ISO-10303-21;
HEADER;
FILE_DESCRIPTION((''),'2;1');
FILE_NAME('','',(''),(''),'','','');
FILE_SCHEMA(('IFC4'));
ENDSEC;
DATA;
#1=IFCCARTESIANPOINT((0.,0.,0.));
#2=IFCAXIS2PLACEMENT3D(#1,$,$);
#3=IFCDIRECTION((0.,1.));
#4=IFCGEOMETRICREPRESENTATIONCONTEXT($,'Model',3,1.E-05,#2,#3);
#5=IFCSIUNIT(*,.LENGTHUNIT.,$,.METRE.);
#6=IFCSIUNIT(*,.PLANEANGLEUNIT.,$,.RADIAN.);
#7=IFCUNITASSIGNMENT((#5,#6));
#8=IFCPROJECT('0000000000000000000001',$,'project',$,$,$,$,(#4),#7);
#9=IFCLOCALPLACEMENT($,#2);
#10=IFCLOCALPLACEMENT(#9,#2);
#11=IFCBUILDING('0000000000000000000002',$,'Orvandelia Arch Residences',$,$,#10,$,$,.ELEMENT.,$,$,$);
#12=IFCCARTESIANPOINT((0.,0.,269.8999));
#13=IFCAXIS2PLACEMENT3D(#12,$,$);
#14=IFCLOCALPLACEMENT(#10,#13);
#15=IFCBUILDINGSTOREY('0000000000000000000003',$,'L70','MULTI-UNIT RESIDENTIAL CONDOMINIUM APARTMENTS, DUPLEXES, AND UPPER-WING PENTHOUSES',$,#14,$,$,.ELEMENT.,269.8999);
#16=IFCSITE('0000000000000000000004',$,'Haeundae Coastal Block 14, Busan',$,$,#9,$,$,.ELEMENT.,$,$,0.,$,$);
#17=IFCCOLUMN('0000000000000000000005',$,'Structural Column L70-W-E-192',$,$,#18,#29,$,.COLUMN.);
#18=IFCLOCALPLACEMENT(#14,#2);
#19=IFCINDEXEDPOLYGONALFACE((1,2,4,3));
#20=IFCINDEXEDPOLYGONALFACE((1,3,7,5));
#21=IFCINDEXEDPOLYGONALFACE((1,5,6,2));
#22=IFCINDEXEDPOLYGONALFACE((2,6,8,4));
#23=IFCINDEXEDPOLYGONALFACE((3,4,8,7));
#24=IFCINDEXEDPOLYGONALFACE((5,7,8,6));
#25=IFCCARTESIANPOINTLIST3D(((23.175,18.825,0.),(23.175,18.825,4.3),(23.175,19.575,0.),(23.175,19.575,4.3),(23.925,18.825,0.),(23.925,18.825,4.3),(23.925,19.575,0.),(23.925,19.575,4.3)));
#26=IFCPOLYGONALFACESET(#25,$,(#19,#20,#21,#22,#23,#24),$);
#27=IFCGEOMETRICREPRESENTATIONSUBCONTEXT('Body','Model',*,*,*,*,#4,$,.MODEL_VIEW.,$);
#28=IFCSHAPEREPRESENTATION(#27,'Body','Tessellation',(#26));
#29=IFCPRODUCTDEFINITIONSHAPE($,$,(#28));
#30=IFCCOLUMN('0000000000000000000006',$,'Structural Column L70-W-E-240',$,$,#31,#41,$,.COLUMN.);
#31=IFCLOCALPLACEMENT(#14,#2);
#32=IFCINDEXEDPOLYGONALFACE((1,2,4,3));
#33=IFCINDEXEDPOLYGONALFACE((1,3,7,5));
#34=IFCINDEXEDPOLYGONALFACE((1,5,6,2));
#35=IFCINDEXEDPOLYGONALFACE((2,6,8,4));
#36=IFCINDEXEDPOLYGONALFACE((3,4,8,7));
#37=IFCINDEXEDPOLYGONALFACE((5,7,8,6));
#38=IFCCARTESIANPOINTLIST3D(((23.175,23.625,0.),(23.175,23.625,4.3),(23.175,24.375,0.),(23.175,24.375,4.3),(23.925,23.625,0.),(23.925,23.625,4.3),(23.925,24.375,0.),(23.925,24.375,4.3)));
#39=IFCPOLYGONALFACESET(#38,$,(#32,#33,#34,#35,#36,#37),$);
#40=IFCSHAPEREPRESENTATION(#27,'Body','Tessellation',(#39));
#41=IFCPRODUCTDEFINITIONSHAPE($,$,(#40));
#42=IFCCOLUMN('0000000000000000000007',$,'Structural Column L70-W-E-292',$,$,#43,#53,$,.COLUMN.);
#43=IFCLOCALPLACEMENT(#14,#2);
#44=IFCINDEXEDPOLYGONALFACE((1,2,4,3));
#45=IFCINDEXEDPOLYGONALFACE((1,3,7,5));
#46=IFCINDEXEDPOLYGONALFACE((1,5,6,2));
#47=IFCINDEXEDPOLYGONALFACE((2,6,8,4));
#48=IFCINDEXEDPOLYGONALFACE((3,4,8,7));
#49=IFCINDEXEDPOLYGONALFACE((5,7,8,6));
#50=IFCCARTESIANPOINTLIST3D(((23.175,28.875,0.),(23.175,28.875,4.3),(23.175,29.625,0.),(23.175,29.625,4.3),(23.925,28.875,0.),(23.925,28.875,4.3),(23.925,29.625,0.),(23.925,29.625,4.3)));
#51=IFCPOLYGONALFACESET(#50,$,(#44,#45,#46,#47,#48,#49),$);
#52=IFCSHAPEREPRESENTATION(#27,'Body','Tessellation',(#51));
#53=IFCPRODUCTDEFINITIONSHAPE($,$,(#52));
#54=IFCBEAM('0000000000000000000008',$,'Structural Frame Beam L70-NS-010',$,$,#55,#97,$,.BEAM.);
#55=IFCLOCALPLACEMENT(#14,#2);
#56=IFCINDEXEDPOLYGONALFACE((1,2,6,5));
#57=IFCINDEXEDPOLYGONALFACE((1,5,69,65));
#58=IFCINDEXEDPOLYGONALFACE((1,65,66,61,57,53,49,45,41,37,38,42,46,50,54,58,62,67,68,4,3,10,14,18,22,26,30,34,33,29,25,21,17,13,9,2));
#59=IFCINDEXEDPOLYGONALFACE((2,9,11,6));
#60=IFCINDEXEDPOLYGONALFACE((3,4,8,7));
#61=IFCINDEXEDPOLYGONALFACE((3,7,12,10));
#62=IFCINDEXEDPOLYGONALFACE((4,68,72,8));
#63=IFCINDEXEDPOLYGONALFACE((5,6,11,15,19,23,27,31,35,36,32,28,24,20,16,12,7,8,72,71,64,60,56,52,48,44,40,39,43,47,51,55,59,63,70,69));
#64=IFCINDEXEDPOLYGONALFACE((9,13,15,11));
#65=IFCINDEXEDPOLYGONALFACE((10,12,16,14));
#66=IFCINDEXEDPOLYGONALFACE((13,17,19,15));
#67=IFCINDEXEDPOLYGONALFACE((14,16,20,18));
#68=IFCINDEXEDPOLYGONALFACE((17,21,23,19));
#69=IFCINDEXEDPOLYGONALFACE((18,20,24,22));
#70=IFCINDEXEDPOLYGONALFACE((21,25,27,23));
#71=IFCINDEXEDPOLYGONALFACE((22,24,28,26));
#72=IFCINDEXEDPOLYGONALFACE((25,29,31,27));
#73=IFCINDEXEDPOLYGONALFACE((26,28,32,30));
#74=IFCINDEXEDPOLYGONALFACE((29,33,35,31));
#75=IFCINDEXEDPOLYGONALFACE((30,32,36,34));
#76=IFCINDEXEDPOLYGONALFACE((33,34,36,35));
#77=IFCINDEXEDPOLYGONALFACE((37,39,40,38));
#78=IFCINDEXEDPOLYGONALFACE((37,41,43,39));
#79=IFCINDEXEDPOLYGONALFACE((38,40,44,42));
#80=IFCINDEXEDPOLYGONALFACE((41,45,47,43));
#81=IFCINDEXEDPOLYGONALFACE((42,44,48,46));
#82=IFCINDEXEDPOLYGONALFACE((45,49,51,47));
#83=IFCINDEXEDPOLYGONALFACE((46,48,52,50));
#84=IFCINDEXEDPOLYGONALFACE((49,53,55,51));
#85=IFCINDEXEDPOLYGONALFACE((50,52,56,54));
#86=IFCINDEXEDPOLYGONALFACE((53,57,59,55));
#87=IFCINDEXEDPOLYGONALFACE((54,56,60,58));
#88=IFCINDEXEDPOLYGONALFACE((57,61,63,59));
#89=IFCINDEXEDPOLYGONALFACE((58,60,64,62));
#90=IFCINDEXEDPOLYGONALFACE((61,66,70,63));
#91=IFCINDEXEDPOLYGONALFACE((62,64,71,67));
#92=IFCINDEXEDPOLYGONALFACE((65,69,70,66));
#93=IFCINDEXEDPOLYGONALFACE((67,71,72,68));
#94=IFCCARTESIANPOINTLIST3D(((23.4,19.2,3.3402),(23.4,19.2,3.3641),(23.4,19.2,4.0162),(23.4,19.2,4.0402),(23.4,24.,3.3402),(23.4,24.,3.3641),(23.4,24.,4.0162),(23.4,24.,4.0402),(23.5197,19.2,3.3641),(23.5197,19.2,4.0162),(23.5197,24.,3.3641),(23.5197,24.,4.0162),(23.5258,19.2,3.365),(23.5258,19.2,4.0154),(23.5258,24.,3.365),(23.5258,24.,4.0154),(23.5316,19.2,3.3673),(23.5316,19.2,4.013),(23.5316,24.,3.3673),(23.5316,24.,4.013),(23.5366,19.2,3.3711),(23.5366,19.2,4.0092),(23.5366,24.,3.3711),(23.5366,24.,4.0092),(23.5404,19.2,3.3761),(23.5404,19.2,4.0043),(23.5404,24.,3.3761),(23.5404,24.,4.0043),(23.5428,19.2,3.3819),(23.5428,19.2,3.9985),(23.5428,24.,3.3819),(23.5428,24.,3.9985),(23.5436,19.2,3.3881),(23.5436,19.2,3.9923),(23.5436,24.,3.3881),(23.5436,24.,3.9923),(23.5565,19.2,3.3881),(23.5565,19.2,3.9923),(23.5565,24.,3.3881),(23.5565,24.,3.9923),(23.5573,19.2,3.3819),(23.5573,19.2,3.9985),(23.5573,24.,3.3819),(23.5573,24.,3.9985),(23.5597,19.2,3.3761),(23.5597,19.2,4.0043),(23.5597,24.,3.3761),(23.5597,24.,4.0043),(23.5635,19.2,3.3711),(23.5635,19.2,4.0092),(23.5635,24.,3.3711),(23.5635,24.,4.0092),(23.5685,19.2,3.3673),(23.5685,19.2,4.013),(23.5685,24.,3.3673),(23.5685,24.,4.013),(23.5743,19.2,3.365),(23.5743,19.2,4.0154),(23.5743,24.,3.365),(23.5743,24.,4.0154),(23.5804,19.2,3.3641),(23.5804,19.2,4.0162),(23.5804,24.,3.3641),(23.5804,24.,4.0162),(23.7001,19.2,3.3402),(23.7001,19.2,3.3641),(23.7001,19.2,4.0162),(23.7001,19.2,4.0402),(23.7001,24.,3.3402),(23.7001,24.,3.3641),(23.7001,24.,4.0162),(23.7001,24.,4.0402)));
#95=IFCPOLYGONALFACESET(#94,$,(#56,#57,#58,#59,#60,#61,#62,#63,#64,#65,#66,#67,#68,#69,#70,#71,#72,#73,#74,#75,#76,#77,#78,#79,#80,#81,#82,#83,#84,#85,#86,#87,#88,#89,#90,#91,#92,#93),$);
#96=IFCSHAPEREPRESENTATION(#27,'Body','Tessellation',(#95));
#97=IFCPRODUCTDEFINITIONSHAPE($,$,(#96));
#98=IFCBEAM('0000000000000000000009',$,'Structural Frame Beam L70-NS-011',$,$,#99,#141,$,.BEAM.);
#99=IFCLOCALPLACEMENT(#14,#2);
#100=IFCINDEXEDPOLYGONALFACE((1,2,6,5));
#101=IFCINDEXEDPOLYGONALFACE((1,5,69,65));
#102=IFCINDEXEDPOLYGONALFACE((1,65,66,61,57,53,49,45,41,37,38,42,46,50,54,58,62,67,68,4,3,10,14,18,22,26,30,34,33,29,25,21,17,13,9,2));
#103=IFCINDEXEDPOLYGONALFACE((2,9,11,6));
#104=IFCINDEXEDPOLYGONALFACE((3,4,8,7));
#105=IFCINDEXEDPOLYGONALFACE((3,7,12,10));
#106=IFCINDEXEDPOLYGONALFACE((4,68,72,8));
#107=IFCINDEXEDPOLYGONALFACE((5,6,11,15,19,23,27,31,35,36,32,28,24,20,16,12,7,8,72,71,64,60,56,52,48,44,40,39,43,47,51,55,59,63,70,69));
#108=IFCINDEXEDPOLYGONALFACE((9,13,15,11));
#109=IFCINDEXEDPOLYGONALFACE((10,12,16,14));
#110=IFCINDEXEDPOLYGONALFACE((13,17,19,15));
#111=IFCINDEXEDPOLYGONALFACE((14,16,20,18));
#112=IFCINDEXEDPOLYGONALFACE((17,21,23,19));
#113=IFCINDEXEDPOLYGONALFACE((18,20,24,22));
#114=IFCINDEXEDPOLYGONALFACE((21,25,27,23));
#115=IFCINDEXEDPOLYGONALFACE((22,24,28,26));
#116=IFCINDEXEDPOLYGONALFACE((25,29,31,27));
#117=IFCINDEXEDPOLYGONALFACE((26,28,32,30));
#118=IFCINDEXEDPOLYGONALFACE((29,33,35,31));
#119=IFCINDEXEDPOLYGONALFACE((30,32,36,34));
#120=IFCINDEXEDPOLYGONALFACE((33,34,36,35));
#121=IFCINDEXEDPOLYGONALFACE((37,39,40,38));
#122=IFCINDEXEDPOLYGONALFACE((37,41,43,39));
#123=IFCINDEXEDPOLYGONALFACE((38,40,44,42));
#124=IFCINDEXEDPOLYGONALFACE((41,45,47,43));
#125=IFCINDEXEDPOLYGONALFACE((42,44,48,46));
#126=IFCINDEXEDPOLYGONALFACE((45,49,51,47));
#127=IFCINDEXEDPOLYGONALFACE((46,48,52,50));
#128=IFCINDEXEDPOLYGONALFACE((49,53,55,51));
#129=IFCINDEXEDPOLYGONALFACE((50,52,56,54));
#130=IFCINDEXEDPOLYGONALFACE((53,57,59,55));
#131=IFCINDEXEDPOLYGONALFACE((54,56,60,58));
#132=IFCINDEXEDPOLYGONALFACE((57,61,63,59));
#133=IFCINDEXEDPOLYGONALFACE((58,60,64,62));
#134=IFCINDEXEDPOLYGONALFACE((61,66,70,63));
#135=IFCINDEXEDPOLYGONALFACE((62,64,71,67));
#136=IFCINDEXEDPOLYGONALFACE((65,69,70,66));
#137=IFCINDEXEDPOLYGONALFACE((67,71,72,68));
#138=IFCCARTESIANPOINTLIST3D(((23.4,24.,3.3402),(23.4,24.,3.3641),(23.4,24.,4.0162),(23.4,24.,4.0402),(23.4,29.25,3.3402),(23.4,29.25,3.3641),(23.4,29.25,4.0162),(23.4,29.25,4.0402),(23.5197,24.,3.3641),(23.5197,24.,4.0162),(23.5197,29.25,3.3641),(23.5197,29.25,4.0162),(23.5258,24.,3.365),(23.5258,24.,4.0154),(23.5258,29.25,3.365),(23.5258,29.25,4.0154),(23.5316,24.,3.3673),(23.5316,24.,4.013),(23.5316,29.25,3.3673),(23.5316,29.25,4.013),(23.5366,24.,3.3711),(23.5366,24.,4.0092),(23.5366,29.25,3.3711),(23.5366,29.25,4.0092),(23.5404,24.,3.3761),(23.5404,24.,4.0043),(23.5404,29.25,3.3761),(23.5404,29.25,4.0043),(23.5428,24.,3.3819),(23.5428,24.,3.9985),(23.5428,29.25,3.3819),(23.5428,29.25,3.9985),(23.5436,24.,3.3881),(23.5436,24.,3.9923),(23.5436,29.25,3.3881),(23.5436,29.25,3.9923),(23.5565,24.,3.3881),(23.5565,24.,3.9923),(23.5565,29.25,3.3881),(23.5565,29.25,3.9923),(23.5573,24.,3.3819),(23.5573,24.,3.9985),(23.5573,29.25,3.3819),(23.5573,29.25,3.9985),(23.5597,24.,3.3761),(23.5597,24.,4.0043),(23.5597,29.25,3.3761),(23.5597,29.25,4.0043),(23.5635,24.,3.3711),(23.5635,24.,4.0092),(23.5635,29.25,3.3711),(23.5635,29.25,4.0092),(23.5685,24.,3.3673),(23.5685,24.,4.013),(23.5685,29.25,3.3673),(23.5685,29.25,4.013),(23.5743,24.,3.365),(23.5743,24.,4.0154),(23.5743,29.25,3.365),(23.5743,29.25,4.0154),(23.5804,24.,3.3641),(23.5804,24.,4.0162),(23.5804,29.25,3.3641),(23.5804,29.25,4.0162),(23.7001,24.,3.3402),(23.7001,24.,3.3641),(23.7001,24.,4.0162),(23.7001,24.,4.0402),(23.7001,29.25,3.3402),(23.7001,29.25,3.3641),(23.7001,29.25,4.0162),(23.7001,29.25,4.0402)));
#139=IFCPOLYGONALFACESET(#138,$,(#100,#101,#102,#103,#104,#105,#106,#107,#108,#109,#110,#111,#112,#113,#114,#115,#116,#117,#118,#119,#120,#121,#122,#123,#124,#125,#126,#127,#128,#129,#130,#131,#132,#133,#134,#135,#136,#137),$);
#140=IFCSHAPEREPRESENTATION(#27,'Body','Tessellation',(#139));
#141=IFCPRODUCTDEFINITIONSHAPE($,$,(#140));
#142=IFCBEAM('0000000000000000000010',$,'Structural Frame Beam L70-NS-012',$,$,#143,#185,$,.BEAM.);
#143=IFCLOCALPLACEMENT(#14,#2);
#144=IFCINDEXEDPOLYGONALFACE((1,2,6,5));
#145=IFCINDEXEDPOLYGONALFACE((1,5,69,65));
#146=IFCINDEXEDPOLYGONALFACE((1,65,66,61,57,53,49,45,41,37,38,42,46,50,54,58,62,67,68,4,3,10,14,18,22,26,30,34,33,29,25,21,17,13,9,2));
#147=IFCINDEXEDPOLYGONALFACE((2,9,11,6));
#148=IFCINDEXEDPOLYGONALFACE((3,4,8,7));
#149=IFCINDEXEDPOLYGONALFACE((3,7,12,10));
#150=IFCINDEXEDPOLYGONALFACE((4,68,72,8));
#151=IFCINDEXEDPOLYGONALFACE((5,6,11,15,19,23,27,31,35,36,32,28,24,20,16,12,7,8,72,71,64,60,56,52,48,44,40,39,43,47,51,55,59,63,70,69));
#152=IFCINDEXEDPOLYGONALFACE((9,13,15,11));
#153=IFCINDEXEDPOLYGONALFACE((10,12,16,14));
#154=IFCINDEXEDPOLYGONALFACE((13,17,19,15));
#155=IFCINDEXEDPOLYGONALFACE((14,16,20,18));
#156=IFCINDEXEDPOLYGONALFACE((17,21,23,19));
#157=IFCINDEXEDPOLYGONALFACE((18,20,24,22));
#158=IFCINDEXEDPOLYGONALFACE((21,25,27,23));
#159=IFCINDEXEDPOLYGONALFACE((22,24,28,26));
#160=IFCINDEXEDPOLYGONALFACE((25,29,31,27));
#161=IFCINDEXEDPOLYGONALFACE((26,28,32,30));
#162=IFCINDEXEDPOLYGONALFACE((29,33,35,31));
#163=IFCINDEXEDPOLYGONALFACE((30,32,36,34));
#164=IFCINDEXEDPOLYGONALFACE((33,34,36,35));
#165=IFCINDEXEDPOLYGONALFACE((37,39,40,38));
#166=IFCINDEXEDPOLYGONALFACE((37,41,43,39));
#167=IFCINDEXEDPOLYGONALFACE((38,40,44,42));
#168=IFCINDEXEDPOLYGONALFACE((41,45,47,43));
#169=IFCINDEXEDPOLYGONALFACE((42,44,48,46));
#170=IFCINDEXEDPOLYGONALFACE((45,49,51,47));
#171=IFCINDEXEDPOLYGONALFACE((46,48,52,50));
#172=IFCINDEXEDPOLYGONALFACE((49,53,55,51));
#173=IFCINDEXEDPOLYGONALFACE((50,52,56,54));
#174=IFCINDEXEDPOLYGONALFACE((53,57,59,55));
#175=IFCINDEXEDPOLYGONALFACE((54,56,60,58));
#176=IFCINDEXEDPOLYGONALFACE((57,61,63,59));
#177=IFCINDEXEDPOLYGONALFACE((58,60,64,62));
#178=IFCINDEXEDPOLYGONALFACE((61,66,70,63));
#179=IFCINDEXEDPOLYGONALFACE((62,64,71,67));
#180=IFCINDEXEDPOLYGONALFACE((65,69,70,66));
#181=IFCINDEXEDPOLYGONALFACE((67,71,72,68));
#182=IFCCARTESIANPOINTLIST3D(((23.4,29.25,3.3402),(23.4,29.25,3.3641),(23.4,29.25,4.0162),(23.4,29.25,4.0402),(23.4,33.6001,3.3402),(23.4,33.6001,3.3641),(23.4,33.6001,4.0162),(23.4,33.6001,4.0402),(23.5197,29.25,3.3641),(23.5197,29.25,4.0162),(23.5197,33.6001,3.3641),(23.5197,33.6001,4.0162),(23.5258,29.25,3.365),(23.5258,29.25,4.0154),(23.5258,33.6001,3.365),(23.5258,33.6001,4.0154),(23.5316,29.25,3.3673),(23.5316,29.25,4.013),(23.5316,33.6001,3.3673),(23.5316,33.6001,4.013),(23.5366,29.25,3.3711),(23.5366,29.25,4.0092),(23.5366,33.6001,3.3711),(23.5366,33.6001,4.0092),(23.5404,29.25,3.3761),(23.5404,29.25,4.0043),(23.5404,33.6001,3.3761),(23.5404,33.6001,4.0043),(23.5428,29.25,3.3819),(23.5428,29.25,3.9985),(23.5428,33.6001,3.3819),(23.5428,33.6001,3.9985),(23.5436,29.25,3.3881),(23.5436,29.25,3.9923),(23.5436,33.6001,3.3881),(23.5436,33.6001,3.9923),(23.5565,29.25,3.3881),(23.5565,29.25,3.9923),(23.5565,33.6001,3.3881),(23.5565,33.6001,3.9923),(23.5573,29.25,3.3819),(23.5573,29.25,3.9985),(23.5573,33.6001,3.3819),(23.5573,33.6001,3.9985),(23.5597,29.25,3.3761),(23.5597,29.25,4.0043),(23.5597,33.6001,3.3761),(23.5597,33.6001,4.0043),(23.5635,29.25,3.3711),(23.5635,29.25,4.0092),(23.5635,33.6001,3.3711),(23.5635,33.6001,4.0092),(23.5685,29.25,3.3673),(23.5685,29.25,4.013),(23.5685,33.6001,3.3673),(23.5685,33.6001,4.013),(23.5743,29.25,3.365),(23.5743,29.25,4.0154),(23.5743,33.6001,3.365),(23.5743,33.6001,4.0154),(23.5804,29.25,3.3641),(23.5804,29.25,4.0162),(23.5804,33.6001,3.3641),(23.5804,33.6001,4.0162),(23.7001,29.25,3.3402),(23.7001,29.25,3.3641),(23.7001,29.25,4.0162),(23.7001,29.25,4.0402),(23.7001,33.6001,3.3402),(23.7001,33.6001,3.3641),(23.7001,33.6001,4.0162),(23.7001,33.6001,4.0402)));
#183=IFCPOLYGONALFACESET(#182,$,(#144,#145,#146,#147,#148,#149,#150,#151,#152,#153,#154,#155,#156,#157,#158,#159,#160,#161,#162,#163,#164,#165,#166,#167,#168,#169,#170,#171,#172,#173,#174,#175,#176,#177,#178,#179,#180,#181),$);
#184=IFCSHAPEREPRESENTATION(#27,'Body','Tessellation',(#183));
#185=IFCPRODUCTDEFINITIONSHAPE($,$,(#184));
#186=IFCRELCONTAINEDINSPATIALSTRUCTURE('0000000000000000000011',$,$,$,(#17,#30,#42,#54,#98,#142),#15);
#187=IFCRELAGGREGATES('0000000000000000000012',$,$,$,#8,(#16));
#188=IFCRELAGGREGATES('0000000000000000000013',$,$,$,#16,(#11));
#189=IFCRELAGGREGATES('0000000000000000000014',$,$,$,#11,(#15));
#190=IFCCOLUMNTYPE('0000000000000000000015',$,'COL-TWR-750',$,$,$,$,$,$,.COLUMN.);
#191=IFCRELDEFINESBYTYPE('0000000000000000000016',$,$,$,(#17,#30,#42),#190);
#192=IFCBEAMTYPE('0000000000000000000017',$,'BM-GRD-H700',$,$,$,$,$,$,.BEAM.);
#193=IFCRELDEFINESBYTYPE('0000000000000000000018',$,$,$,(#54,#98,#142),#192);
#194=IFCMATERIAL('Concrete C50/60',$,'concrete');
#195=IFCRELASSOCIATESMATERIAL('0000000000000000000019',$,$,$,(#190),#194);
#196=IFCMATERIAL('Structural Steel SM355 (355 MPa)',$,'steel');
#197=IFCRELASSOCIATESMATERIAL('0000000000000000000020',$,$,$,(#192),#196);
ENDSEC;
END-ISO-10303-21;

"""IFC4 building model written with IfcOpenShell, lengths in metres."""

from ifc_helpers import new_model, si_unit, direction, frame, origin, origin_2d, place, context, subcontext, project, spatial, rectangle, i_section, extrude, material, material_profile, profile_set, type_object, element, save


model = new_model("IFC4")

# Units and contexts
model_context = context("Model", 3, precision=1e-05, world=origin(), true_north=direction((0.0, 1.0)))
body_context = subcontext(model_context, "Body", "Model", "MODEL_VIEW")
ifc_project = project(units=[si_unit("LENGTHUNIT", "METRE"), si_unit("PLANEANGLEUNIT", "RADIAN")], contexts=[model_context])

# Site, building, storey
site_placement = place(None, origin())
site = spatial("IfcSite", under=ifc_project, at=site_placement, Name="Haeundae Coastal Block 14, Busan", CompositionType="ELEMENT", RefElevation=0.0)
building_placement = place(site_placement, origin())
building = spatial("IfcBuilding", under=site, at=building_placement, Name="Orvandelia Arch Residences", CompositionType="ELEMENT")
storey_placement = place(building_placement, frame((0.0, 0.0, 269.8999)))
storey = spatial("IfcBuildingStorey", under=building, at=storey_placement, Name="L70", Description="MULTI-UNIT RESIDENTIAL CONDOMINIUM APARTMENTS, DUPLEXES, AND UPPER-WING PENTHOUSES", CompositionType="ELEMENT", Elevation=269.8999)

# Columns
ifc_material_1 = material(Name="Concrete C50/60", Category="concrete")
ifc_material_profile_1 = material_profile(ifc_material_1, rectangle(XDim=0.75, YDim=0.75, at=origin_2d()), Name="Concrete C50/60", Category="concrete")
ifc_profile_set_1 = profile_set([ifc_material_profile_1], Name="Concrete C50/60")
column_type = type_object("IfcColumnType", Name="COL-TWR-750", PredefinedType="COLUMN", material=ifc_profile_set_1)
for number, where, z_axis, x_axis, name in (
    (1, (23.55, 19.2, 0.0), (0.0, 0.0, 1.0), (1.0, 0.0, 0.0), "Structural Column L70-W-E-192"),
    (2, (23.55, 24.0, 0.0), (0.0, 0.0, 1.0), (1.0, 0.0, 0.0), "Structural Column L70-W-E-240"),
    (3, (23.55, 29.25, 0.0), (0.0, 0.0, 1.0), (1.0, 0.0, 0.0), "Structural Column L70-W-E-292"),
):
    element("IfcColumn", number, at=place(storey_placement, frame(where, z_axis=z_axis, x_axis=x_axis)), inside=storey, type_object=column_type, Name=name, PredefinedType="COLUMN", context=body_context, shape_type="SweptSolid", body=[
        extrude(rectangle(XDim=0.75, YDim=0.75, at=origin_2d()), origin(), (0.0, 0.0, 1.0), 4.3),
    ])

# Beams
ifc_material_2 = material(Name="Structural Steel SM355 (355 MPa)", Category="steel")
ifc_material_profile_2 = material_profile(ifc_material_2, i_section(OverallWidth=0.3, OverallDepth=0.7, WebThickness=0.0129, FlangeThickness=0.0239, FilletRadius=0.0239, at=origin_2d()), Name="Structural Steel SM355 (355 MPa)", Category="steel")
ifc_profile_set_2 = profile_set([ifc_material_profile_2], Name="Structural Steel SM355 (355 MPa)")
beam_type = type_object("IfcBeamType", Name="BM-GRD-H700", PredefinedType="BEAM", material=ifc_profile_set_2)
beam_1_placement = place(storey_placement, frame((23.55, 19.2, 3.6902), z_axis=(0.0, 1.0, 0.0), x_axis=(-1.0, 0.0, 0.0)))
element("IfcBeam", 4, at=beam_1_placement, inside=storey, type_object=beam_type, Name="Structural Frame Beam L70-NS-010", PredefinedType="BEAM", context=body_context, shape_type="SweptSolid", body=[
    extrude(i_section(OverallWidth=0.3, OverallDepth=0.7, WebThickness=0.0129, FlangeThickness=0.0239, FilletRadius=0.0239, at=origin_2d()), origin(), (0.0, 0.0, 1.0), 4.8),
])
beam_2_placement = place(storey_placement, frame((23.55, 24.0, 3.6902), z_axis=(0.0, 1.0, 0.0), x_axis=(-1.0, 0.0, 0.0)))
element("IfcBeam", 5, at=beam_2_placement, inside=storey, type_object=beam_type, Name="Structural Frame Beam L70-NS-011", PredefinedType="BEAM", context=body_context, shape_type="SweptSolid", body=[
    extrude(i_section(OverallWidth=0.3, OverallDepth=0.7, WebThickness=0.0129, FlangeThickness=0.0239, FilletRadius=0.0239, at=origin_2d()), origin(), (0.0, 0.0, 1.0), 5.25),
])
beam_3_placement = place(storey_placement, frame((23.55, 29.25, 3.6902), z_axis=(0.0, 1.0, 0.0), x_axis=(-1.0, 0.0, 0.0)))
element("IfcBeam", 6, at=beam_3_placement, inside=storey, type_object=beam_type, Name="Structural Frame Beam L70-NS-012", PredefinedType="BEAM", context=body_context, shape_type="SweptSolid", body=[
    extrude(i_section(OverallWidth=0.3, OverallDepth=0.7, WebThickness=0.0129, FlangeThickness=0.0239, FilletRadius=0.0239, at=origin_2d()), origin(), (0.0, 0.0, 1.0), 4.3501),
])

save(model, "model.ifc")
